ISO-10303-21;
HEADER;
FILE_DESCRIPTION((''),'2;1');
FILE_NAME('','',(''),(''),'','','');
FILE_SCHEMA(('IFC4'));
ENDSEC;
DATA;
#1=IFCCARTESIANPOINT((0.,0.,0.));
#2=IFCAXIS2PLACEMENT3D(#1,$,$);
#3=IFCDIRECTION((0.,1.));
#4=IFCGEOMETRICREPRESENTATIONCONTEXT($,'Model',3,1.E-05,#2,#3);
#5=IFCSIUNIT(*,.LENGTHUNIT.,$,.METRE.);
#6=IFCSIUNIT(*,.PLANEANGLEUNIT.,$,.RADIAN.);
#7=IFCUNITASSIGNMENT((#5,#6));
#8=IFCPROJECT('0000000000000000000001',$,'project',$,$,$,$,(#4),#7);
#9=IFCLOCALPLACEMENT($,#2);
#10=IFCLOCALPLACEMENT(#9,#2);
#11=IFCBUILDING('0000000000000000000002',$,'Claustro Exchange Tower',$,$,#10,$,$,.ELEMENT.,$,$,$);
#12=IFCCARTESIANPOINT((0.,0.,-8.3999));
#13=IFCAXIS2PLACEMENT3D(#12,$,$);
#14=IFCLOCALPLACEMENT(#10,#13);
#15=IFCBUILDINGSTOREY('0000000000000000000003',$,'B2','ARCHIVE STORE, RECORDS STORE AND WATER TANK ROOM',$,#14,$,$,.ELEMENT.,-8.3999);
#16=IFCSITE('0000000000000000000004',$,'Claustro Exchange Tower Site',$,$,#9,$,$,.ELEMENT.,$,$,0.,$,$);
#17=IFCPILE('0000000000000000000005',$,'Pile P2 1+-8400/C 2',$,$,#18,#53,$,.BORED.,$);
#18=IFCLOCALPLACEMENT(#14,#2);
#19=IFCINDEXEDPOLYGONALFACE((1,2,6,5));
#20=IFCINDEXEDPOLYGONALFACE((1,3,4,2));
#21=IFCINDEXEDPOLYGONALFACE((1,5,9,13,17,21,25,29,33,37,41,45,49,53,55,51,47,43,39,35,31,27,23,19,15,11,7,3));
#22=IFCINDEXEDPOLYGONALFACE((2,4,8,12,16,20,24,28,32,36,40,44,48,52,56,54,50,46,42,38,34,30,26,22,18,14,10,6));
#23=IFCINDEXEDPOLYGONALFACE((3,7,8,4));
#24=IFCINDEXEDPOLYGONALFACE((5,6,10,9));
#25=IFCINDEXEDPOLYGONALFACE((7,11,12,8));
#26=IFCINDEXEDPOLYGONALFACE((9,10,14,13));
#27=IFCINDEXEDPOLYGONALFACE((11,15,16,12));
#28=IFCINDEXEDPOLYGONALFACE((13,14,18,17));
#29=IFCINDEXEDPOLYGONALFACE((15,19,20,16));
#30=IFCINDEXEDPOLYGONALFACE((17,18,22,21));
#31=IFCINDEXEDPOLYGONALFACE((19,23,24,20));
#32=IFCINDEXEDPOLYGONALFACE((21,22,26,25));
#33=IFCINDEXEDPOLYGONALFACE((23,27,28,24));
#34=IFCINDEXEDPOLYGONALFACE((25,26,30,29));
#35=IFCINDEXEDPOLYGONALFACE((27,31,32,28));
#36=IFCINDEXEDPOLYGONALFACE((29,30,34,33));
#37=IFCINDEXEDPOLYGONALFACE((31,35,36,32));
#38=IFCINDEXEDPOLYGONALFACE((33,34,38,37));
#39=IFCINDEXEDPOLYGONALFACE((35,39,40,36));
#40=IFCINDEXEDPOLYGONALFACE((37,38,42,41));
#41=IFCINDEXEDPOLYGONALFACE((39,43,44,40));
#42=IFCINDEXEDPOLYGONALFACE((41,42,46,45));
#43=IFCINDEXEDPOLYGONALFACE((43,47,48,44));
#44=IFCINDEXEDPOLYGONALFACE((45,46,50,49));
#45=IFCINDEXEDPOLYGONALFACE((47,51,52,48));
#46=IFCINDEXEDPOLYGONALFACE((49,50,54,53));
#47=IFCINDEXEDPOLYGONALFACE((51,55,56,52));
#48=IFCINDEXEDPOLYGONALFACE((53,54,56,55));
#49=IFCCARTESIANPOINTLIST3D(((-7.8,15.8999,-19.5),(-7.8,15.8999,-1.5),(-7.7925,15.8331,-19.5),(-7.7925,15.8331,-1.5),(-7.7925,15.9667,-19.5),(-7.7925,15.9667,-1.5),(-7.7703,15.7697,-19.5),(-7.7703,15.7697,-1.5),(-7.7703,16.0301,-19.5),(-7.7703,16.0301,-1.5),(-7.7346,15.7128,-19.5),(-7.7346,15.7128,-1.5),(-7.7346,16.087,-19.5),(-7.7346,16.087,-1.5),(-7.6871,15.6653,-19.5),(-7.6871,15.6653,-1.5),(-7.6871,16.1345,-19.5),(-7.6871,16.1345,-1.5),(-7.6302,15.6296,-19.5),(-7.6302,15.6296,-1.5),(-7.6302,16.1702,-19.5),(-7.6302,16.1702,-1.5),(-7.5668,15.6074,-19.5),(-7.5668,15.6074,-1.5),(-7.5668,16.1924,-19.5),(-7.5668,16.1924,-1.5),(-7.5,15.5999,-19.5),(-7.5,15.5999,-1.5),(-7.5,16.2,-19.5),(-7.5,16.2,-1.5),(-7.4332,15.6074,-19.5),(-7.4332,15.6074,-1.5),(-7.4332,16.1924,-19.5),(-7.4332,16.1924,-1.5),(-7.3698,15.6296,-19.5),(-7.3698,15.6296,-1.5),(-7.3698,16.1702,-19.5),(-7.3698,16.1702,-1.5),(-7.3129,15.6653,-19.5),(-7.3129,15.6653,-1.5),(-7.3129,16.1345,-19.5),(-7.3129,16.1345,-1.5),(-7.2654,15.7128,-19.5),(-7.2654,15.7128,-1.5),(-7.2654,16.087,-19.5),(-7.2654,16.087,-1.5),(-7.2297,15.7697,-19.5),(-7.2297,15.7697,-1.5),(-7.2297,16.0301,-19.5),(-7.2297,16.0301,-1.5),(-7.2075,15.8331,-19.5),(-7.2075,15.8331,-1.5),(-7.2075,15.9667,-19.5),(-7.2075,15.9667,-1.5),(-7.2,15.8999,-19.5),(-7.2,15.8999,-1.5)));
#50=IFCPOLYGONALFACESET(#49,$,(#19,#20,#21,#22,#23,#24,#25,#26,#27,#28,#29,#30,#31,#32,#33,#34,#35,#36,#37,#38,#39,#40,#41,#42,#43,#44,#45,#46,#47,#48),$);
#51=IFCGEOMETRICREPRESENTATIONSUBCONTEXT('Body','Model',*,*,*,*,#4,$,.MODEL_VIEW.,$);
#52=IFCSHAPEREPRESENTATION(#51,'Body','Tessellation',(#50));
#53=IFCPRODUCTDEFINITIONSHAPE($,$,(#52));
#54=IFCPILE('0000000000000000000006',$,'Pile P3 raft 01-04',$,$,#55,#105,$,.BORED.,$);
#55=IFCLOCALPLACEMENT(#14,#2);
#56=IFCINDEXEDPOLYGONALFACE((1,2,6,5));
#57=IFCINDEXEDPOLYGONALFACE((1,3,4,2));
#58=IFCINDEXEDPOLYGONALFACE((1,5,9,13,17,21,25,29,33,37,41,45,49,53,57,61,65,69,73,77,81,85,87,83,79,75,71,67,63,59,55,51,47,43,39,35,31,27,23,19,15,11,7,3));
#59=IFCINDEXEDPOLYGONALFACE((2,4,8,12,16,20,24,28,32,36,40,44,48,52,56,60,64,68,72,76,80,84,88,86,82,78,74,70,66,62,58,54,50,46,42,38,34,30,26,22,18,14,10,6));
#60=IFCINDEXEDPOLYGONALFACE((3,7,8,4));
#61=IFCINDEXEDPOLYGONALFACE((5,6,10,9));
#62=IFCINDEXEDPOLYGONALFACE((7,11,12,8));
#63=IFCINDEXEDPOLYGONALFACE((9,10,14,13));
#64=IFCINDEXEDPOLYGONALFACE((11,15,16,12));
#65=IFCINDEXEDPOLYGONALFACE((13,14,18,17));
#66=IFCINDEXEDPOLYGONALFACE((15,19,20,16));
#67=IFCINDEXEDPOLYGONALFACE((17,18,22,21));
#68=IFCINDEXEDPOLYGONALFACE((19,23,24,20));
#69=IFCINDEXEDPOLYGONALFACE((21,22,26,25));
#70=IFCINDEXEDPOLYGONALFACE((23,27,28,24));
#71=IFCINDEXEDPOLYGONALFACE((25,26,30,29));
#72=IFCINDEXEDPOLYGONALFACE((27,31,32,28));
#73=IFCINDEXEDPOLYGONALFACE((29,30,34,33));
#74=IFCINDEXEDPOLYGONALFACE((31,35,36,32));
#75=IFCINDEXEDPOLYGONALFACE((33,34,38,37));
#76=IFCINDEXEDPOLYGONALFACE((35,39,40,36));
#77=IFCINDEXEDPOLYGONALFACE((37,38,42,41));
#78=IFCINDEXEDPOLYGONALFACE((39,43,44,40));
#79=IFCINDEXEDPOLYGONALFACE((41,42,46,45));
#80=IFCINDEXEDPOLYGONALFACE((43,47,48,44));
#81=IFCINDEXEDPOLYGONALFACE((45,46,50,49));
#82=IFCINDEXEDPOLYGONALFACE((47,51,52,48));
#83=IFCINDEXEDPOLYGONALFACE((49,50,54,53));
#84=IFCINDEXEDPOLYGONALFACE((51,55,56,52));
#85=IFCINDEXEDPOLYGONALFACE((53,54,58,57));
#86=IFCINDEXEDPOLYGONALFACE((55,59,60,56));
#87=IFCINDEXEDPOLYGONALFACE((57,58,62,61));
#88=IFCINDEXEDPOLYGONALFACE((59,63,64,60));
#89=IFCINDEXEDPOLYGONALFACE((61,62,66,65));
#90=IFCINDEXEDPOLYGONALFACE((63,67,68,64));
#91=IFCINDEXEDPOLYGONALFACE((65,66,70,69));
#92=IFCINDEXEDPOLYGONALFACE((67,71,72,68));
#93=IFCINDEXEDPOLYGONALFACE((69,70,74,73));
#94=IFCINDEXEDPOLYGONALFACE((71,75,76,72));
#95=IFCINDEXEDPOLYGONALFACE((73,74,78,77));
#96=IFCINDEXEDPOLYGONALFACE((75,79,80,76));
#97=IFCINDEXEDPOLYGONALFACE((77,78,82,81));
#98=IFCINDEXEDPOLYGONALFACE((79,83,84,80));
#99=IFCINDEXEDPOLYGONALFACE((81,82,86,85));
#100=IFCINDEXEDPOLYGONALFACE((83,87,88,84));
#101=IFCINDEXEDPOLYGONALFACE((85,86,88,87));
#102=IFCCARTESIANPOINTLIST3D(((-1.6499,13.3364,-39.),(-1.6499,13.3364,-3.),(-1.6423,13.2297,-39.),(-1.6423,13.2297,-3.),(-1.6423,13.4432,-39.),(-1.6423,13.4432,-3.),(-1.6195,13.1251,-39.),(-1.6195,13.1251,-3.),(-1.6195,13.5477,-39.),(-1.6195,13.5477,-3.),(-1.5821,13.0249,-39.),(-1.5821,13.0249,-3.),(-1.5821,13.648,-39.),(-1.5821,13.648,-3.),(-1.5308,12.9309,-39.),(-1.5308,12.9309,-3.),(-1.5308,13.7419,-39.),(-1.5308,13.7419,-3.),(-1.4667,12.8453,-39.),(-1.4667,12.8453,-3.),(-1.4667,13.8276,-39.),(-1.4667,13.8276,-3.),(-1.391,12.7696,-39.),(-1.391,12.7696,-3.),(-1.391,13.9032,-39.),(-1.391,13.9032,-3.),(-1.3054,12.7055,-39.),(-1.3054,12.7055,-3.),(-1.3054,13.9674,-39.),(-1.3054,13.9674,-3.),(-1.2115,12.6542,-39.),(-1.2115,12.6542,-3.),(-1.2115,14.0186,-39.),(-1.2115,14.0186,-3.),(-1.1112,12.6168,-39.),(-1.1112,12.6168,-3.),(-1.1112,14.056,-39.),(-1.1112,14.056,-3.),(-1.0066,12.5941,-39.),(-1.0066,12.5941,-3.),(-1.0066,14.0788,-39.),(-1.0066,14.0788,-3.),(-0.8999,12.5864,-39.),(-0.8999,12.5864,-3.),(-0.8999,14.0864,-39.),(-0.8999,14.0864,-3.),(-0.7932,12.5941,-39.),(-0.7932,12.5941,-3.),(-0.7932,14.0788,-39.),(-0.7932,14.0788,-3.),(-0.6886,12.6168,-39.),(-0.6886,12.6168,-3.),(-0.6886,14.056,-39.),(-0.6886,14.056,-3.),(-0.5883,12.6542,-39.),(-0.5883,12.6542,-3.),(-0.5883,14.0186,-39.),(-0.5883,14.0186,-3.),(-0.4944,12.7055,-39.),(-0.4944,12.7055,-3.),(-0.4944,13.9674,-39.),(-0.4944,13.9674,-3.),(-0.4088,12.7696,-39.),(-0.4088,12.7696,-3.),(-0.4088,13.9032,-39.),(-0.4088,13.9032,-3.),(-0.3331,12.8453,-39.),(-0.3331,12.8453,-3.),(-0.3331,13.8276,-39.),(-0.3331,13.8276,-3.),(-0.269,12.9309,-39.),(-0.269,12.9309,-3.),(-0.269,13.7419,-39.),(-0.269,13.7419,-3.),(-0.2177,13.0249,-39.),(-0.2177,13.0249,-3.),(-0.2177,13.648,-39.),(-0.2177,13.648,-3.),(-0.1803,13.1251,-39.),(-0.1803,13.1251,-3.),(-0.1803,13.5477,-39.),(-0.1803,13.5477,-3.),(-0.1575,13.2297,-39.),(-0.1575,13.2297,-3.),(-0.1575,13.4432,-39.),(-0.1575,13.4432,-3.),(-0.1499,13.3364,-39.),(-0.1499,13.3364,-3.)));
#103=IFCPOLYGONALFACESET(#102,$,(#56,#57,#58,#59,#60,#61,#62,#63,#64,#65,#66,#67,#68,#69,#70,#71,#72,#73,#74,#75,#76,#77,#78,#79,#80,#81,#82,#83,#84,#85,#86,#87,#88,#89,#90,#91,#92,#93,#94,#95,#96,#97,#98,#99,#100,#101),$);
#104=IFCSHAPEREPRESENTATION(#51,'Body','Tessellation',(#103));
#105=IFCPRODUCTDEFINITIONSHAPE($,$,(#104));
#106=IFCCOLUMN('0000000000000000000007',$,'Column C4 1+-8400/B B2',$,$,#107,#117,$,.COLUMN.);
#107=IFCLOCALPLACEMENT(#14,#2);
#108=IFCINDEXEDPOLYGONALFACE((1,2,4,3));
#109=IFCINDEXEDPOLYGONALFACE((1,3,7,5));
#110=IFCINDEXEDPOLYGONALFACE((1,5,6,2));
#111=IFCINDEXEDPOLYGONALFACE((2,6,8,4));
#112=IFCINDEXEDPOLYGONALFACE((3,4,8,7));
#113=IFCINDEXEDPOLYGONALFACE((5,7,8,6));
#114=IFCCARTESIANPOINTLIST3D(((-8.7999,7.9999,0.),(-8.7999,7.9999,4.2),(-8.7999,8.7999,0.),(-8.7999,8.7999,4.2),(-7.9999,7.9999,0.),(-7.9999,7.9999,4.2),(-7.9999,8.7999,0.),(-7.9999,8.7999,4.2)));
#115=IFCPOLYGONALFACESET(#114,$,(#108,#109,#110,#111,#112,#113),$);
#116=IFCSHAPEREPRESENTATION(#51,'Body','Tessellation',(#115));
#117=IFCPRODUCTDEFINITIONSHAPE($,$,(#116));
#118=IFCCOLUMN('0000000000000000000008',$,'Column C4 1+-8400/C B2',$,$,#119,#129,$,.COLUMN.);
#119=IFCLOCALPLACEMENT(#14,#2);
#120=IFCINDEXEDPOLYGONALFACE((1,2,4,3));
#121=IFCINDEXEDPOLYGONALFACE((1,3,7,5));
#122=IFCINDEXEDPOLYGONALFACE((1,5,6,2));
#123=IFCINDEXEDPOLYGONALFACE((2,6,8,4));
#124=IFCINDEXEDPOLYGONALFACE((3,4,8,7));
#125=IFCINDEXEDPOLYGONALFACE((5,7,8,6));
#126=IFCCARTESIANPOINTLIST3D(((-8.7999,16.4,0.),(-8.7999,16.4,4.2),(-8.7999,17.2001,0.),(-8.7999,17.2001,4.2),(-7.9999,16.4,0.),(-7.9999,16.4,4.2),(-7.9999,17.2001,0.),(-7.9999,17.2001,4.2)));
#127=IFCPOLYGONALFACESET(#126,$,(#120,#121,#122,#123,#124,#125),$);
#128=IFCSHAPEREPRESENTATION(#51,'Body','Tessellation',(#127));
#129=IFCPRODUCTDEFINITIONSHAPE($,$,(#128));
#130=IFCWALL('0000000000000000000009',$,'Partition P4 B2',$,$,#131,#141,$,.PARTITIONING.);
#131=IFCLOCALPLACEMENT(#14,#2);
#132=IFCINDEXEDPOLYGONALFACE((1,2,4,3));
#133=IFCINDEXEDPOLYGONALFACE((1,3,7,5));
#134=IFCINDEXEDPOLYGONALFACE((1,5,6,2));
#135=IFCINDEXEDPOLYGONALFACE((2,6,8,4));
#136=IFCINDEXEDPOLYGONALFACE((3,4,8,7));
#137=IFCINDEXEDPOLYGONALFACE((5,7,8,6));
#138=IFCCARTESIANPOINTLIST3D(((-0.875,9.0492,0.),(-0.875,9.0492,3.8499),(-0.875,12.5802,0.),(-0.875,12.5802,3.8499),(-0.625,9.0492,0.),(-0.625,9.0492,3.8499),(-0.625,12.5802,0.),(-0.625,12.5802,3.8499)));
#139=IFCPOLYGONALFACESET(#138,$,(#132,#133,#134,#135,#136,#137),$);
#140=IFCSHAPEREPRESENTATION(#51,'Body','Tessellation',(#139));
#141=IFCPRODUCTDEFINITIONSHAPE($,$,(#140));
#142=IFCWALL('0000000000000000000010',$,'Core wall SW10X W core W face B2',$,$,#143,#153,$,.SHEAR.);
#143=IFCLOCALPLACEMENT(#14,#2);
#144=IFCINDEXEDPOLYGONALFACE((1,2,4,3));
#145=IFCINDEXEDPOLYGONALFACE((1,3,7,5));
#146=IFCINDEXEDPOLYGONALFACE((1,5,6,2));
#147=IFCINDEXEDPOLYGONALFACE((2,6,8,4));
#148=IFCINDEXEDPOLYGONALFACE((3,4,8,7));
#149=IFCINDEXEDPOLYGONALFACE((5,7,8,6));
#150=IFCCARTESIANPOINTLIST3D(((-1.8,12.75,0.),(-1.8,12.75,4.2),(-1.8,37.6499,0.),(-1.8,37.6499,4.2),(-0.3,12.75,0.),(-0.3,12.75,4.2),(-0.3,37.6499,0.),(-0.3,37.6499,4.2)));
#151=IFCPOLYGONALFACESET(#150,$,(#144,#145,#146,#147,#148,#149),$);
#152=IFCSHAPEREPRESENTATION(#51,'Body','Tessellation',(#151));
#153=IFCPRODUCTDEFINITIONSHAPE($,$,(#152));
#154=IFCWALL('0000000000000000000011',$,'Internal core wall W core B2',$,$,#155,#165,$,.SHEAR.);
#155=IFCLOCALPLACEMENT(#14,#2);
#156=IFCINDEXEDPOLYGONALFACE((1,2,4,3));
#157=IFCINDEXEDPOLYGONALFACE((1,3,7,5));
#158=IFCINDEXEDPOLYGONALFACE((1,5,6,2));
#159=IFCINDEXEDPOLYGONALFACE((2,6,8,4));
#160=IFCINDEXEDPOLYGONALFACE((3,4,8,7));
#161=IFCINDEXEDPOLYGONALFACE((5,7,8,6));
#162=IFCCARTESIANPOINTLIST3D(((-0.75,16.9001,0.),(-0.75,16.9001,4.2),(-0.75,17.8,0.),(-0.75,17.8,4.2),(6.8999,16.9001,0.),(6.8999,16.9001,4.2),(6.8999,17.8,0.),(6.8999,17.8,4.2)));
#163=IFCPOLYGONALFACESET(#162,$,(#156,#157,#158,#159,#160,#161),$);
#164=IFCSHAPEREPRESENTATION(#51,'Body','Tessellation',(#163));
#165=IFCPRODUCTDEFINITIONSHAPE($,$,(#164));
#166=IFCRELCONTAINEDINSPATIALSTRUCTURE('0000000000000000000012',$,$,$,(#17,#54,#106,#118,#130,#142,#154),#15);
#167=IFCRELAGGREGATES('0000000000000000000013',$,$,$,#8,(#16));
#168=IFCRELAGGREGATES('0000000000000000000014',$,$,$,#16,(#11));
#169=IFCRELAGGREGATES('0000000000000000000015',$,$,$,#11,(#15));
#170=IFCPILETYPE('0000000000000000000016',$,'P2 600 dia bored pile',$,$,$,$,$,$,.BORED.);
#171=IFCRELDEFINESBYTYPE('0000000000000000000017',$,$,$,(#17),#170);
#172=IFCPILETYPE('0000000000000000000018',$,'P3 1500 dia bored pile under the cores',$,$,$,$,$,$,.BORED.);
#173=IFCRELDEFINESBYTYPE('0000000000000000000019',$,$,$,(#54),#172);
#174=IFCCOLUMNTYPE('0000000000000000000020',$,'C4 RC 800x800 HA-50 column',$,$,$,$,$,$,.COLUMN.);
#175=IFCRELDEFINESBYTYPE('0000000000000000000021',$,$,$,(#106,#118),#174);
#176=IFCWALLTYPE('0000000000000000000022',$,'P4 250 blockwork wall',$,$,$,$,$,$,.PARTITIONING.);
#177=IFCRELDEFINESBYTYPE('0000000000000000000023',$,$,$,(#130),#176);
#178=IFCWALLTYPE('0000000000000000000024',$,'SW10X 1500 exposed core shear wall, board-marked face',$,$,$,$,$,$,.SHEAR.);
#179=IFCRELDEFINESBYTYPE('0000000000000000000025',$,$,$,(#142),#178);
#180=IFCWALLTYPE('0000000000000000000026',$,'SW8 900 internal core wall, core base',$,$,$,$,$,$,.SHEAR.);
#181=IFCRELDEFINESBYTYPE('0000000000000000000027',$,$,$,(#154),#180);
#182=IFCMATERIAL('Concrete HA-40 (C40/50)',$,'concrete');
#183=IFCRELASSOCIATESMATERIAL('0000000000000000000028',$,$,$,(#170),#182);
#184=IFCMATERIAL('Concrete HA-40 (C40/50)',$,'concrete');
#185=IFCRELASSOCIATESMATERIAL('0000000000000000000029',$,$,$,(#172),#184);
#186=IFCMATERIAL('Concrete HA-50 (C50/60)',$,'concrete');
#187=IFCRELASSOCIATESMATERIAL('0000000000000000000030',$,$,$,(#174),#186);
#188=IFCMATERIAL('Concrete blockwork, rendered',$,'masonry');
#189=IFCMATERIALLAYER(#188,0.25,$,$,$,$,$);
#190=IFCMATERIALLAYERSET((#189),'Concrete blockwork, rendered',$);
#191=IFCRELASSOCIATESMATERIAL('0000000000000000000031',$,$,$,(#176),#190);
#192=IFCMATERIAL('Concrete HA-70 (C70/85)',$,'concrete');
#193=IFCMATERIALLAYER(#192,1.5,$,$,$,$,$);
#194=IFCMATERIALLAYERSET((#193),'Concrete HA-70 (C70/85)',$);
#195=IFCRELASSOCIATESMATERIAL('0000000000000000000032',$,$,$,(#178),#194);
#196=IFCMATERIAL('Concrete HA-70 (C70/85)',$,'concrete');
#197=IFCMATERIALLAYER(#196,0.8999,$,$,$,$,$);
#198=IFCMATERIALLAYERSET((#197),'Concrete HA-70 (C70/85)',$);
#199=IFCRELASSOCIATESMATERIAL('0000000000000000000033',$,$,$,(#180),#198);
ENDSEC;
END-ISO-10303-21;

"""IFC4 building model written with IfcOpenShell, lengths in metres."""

from ifc_helpers import new_model, si_unit, direction, frame, frame_2d, origin, origin_2d, place, context, subcontext, project, spatial, rectangle, circle, extrude, material, layer, layer_set, material_profile, profile_set, type_object, element, save


model = new_model("IFC4")

# Units and contexts
model_context = context("Model", 3, precision=1e-05, world=origin(), true_north=direction((0.0, 1.0)))
body_context = subcontext(model_context, "Body", "Model", "MODEL_VIEW")
ifc_project = project(units=[si_unit("LENGTHUNIT", "METRE"), si_unit("PLANEANGLEUNIT", "RADIAN")], contexts=[model_context])

# Site, building, storey
site_placement = place(None, origin())
site = spatial("IfcSite", under=ifc_project, at=site_placement, Name="Claustro Exchange Tower Site", CompositionType="ELEMENT", RefElevation=0.0)
building_placement = place(site_placement, origin())
building = spatial("IfcBuilding", under=site, at=building_placement, Name="Claustro Exchange Tower", CompositionType="ELEMENT")
storey_placement = place(building_placement, frame((0.0, 0.0, -8.3999)))
storey = spatial("IfcBuildingStorey", under=building, at=storey_placement, Name="B2", Description="ARCHIVE STORE, RECORDS STORE AND WATER TANK ROOM", CompositionType="ELEMENT", Elevation=-8.3999)

# Piles
ifc_material_1 = material(Name="Concrete HA-40 (C40/50)", Category="concrete")
pile_type_1 = type_object("IfcPileType", Name="P2 600 dia bored pile", PredefinedType="BORED", material=ifc_material_1)
for number, where, z_axis, x_axis, name in (
    (1, (-7.5, 15.8999, -1.5), (0.0, 0.0, -1.0), (1.0, 0.0, 0.0), "Pile P2 1+-8400/C 2"),
):
    element("IfcPile", number, at=place(storey_placement, frame(where, z_axis=z_axis, x_axis=x_axis)), inside=storey, type_object=pile_type_1, Name=name, PredefinedType="BORED", context=body_context, shape_type="SweptSolid", body=[
        extrude(circle(Radius=0.3, at=origin_2d()), origin(), (0.0, 0.0, 1.0), 18.0),
    ])
ifc_material_2 = material(Name="Concrete HA-40 (C40/50)", Category="concrete")
pile_type_2 = type_object("IfcPileType", Name="P3 1500 dia bored pile under the cores", PredefinedType="BORED", material=ifc_material_2)
pile_placement = place(storey_placement, frame((-0.8999, 13.3364, -3.0), z_axis=(0.0, 0.0, -1.0), x_axis=(1.0, 0.0, 0.0)))
element("IfcPile", 2, at=pile_placement, inside=storey, type_object=pile_type_2, Name="Pile P3 raft 01-04", PredefinedType="BORED", context=body_context, shape_type="SweptSolid", body=[
    extrude(circle(Radius=0.75, at=origin_2d()), origin(), (0.0, 0.0, 1.0), 36.0),
])

# Columns
ifc_material_3 = material(Name="Concrete HA-50 (C50/60)", Category="concrete")
ifc_material_profile = material_profile(ifc_material_3, rectangle(XDim=0.8, YDim=0.8, at=origin_2d()), Name="RC 800x800")
ifc_profile_set = profile_set([ifc_material_profile], Name="Concrete HA-50 (C50/60)")
column_type = type_object("IfcColumnType", Name="C4 RC 800x800 HA-50 column", PredefinedType="COLUMN", material=ifc_profile_set)
for number, where, z_axis, x_axis, name in (
    (3, (-8.3999, 8.3999, 0.0), (0.0, 0.0, 1.0), (1.0, 0.0, 0.0), "Column C4 1+-8400/B B2"),
    (4, (-8.3999, 16.8, 0.0), (0.0, 0.0, 1.0), (1.0, 0.0, 0.0), "Column C4 1+-8400/C B2"),
):
    element("IfcColumn", number, at=place(storey_placement, frame(where, z_axis=z_axis, x_axis=x_axis)), inside=storey, type_object=column_type, Name=name, PredefinedType="COLUMN", context=body_context, shape_type="SweptSolid", body=[
        extrude(rectangle(XDim=0.8, YDim=0.8, at=origin_2d()), origin(), (0.0, 0.0, 1.0), 4.2),
    ])

# Wall
ifc_material_4 = material(Name="Concrete blockwork, rendered", Category="masonry")
ifc_layer_1 = layer(ifc_material_4, 0.25)
ifc_layer_set_1 = layer_set([ifc_layer_1], Name="Concrete blockwork, rendered")
wall_type_1 = type_object("IfcWallType", Name="P4 250 blockwork wall", PredefinedType="PARTITIONING", material=ifc_layer_set_1)
wall_1_placement = place(storey_placement, frame((-0.75, 9.0491, 0.0), z_axis=(0.0, 0.0, 1.0), x_axis=(0.0, 1.0, 0.0)))
element("IfcWall", 5, at=wall_1_placement, inside=storey, type_object=wall_type_1, Name="Partition P4 B2", PredefinedType="PARTITIONING", context=body_context, shape_type="SweptSolid", body=[
    extrude(rectangle(XDim=3.531, YDim=0.25, at=frame_2d((1.7656, 0.0))), origin(), (0.0, 0.0, 1.0), 3.8499),
])

# Walls
ifc_material_5 = material(Name="Concrete HA-70 (C70/85)", Category="concrete")
ifc_layer_2 = layer(ifc_material_5, 1.5)
ifc_layer_set_2 = layer_set([ifc_layer_2], Name="Concrete HA-70 (C70/85)")
wall_type_2 = type_object("IfcWallType", Name="SW10X 1500 exposed core shear wall, board-marked face", PredefinedType="SHEAR", material=ifc_layer_set_2)
wall_2_placement = place(storey_placement, frame((-1.05, 12.75, 0.0), z_axis=(0.0, 0.0, 1.0), x_axis=(0.0, 1.0, 0.0)))
element("IfcWall", 6, at=wall_2_placement, inside=storey, type_object=wall_type_2, Name="Core wall SW10X W core W face B2", PredefinedType="SHEAR", context=body_context, shape_type="SweptSolid", body=[
    extrude(rectangle(XDim=24.8999, YDim=1.5, at=frame_2d((12.45, 0.0))), origin(), (0.0, 0.0, 1.0), 4.2),
])
ifc_material_6 = material(Name="Concrete HA-70 (C70/85)", Category="concrete")
ifc_layer_3 = layer(ifc_material_6, 0.8999)
ifc_layer_set_3 = layer_set([ifc_layer_3], Name="Concrete HA-70 (C70/85)")
wall_type_3 = type_object("IfcWallType", Name="SW8 900 internal core wall, core base", PredefinedType="SHEAR", material=ifc_layer_set_3)
wall_3_placement = place(storey_placement, frame((-0.75, 17.3501, 0.0), z_axis=(0.0, 0.0, 1.0), x_axis=(1.0, 0.0, 0.0)))
element("IfcWall", 7, at=wall_3_placement, inside=storey, type_object=wall_type_3, Name="Internal core wall W core B2", PredefinedType="SHEAR", context=body_context, shape_type="SweptSolid", body=[
    extrude(rectangle(XDim=7.6499, YDim=0.8999, at=frame_2d((3.825, 0.0))), origin(), (0.0, 0.0, 1.0), 4.2),
])

save(model, "model.ifc")
